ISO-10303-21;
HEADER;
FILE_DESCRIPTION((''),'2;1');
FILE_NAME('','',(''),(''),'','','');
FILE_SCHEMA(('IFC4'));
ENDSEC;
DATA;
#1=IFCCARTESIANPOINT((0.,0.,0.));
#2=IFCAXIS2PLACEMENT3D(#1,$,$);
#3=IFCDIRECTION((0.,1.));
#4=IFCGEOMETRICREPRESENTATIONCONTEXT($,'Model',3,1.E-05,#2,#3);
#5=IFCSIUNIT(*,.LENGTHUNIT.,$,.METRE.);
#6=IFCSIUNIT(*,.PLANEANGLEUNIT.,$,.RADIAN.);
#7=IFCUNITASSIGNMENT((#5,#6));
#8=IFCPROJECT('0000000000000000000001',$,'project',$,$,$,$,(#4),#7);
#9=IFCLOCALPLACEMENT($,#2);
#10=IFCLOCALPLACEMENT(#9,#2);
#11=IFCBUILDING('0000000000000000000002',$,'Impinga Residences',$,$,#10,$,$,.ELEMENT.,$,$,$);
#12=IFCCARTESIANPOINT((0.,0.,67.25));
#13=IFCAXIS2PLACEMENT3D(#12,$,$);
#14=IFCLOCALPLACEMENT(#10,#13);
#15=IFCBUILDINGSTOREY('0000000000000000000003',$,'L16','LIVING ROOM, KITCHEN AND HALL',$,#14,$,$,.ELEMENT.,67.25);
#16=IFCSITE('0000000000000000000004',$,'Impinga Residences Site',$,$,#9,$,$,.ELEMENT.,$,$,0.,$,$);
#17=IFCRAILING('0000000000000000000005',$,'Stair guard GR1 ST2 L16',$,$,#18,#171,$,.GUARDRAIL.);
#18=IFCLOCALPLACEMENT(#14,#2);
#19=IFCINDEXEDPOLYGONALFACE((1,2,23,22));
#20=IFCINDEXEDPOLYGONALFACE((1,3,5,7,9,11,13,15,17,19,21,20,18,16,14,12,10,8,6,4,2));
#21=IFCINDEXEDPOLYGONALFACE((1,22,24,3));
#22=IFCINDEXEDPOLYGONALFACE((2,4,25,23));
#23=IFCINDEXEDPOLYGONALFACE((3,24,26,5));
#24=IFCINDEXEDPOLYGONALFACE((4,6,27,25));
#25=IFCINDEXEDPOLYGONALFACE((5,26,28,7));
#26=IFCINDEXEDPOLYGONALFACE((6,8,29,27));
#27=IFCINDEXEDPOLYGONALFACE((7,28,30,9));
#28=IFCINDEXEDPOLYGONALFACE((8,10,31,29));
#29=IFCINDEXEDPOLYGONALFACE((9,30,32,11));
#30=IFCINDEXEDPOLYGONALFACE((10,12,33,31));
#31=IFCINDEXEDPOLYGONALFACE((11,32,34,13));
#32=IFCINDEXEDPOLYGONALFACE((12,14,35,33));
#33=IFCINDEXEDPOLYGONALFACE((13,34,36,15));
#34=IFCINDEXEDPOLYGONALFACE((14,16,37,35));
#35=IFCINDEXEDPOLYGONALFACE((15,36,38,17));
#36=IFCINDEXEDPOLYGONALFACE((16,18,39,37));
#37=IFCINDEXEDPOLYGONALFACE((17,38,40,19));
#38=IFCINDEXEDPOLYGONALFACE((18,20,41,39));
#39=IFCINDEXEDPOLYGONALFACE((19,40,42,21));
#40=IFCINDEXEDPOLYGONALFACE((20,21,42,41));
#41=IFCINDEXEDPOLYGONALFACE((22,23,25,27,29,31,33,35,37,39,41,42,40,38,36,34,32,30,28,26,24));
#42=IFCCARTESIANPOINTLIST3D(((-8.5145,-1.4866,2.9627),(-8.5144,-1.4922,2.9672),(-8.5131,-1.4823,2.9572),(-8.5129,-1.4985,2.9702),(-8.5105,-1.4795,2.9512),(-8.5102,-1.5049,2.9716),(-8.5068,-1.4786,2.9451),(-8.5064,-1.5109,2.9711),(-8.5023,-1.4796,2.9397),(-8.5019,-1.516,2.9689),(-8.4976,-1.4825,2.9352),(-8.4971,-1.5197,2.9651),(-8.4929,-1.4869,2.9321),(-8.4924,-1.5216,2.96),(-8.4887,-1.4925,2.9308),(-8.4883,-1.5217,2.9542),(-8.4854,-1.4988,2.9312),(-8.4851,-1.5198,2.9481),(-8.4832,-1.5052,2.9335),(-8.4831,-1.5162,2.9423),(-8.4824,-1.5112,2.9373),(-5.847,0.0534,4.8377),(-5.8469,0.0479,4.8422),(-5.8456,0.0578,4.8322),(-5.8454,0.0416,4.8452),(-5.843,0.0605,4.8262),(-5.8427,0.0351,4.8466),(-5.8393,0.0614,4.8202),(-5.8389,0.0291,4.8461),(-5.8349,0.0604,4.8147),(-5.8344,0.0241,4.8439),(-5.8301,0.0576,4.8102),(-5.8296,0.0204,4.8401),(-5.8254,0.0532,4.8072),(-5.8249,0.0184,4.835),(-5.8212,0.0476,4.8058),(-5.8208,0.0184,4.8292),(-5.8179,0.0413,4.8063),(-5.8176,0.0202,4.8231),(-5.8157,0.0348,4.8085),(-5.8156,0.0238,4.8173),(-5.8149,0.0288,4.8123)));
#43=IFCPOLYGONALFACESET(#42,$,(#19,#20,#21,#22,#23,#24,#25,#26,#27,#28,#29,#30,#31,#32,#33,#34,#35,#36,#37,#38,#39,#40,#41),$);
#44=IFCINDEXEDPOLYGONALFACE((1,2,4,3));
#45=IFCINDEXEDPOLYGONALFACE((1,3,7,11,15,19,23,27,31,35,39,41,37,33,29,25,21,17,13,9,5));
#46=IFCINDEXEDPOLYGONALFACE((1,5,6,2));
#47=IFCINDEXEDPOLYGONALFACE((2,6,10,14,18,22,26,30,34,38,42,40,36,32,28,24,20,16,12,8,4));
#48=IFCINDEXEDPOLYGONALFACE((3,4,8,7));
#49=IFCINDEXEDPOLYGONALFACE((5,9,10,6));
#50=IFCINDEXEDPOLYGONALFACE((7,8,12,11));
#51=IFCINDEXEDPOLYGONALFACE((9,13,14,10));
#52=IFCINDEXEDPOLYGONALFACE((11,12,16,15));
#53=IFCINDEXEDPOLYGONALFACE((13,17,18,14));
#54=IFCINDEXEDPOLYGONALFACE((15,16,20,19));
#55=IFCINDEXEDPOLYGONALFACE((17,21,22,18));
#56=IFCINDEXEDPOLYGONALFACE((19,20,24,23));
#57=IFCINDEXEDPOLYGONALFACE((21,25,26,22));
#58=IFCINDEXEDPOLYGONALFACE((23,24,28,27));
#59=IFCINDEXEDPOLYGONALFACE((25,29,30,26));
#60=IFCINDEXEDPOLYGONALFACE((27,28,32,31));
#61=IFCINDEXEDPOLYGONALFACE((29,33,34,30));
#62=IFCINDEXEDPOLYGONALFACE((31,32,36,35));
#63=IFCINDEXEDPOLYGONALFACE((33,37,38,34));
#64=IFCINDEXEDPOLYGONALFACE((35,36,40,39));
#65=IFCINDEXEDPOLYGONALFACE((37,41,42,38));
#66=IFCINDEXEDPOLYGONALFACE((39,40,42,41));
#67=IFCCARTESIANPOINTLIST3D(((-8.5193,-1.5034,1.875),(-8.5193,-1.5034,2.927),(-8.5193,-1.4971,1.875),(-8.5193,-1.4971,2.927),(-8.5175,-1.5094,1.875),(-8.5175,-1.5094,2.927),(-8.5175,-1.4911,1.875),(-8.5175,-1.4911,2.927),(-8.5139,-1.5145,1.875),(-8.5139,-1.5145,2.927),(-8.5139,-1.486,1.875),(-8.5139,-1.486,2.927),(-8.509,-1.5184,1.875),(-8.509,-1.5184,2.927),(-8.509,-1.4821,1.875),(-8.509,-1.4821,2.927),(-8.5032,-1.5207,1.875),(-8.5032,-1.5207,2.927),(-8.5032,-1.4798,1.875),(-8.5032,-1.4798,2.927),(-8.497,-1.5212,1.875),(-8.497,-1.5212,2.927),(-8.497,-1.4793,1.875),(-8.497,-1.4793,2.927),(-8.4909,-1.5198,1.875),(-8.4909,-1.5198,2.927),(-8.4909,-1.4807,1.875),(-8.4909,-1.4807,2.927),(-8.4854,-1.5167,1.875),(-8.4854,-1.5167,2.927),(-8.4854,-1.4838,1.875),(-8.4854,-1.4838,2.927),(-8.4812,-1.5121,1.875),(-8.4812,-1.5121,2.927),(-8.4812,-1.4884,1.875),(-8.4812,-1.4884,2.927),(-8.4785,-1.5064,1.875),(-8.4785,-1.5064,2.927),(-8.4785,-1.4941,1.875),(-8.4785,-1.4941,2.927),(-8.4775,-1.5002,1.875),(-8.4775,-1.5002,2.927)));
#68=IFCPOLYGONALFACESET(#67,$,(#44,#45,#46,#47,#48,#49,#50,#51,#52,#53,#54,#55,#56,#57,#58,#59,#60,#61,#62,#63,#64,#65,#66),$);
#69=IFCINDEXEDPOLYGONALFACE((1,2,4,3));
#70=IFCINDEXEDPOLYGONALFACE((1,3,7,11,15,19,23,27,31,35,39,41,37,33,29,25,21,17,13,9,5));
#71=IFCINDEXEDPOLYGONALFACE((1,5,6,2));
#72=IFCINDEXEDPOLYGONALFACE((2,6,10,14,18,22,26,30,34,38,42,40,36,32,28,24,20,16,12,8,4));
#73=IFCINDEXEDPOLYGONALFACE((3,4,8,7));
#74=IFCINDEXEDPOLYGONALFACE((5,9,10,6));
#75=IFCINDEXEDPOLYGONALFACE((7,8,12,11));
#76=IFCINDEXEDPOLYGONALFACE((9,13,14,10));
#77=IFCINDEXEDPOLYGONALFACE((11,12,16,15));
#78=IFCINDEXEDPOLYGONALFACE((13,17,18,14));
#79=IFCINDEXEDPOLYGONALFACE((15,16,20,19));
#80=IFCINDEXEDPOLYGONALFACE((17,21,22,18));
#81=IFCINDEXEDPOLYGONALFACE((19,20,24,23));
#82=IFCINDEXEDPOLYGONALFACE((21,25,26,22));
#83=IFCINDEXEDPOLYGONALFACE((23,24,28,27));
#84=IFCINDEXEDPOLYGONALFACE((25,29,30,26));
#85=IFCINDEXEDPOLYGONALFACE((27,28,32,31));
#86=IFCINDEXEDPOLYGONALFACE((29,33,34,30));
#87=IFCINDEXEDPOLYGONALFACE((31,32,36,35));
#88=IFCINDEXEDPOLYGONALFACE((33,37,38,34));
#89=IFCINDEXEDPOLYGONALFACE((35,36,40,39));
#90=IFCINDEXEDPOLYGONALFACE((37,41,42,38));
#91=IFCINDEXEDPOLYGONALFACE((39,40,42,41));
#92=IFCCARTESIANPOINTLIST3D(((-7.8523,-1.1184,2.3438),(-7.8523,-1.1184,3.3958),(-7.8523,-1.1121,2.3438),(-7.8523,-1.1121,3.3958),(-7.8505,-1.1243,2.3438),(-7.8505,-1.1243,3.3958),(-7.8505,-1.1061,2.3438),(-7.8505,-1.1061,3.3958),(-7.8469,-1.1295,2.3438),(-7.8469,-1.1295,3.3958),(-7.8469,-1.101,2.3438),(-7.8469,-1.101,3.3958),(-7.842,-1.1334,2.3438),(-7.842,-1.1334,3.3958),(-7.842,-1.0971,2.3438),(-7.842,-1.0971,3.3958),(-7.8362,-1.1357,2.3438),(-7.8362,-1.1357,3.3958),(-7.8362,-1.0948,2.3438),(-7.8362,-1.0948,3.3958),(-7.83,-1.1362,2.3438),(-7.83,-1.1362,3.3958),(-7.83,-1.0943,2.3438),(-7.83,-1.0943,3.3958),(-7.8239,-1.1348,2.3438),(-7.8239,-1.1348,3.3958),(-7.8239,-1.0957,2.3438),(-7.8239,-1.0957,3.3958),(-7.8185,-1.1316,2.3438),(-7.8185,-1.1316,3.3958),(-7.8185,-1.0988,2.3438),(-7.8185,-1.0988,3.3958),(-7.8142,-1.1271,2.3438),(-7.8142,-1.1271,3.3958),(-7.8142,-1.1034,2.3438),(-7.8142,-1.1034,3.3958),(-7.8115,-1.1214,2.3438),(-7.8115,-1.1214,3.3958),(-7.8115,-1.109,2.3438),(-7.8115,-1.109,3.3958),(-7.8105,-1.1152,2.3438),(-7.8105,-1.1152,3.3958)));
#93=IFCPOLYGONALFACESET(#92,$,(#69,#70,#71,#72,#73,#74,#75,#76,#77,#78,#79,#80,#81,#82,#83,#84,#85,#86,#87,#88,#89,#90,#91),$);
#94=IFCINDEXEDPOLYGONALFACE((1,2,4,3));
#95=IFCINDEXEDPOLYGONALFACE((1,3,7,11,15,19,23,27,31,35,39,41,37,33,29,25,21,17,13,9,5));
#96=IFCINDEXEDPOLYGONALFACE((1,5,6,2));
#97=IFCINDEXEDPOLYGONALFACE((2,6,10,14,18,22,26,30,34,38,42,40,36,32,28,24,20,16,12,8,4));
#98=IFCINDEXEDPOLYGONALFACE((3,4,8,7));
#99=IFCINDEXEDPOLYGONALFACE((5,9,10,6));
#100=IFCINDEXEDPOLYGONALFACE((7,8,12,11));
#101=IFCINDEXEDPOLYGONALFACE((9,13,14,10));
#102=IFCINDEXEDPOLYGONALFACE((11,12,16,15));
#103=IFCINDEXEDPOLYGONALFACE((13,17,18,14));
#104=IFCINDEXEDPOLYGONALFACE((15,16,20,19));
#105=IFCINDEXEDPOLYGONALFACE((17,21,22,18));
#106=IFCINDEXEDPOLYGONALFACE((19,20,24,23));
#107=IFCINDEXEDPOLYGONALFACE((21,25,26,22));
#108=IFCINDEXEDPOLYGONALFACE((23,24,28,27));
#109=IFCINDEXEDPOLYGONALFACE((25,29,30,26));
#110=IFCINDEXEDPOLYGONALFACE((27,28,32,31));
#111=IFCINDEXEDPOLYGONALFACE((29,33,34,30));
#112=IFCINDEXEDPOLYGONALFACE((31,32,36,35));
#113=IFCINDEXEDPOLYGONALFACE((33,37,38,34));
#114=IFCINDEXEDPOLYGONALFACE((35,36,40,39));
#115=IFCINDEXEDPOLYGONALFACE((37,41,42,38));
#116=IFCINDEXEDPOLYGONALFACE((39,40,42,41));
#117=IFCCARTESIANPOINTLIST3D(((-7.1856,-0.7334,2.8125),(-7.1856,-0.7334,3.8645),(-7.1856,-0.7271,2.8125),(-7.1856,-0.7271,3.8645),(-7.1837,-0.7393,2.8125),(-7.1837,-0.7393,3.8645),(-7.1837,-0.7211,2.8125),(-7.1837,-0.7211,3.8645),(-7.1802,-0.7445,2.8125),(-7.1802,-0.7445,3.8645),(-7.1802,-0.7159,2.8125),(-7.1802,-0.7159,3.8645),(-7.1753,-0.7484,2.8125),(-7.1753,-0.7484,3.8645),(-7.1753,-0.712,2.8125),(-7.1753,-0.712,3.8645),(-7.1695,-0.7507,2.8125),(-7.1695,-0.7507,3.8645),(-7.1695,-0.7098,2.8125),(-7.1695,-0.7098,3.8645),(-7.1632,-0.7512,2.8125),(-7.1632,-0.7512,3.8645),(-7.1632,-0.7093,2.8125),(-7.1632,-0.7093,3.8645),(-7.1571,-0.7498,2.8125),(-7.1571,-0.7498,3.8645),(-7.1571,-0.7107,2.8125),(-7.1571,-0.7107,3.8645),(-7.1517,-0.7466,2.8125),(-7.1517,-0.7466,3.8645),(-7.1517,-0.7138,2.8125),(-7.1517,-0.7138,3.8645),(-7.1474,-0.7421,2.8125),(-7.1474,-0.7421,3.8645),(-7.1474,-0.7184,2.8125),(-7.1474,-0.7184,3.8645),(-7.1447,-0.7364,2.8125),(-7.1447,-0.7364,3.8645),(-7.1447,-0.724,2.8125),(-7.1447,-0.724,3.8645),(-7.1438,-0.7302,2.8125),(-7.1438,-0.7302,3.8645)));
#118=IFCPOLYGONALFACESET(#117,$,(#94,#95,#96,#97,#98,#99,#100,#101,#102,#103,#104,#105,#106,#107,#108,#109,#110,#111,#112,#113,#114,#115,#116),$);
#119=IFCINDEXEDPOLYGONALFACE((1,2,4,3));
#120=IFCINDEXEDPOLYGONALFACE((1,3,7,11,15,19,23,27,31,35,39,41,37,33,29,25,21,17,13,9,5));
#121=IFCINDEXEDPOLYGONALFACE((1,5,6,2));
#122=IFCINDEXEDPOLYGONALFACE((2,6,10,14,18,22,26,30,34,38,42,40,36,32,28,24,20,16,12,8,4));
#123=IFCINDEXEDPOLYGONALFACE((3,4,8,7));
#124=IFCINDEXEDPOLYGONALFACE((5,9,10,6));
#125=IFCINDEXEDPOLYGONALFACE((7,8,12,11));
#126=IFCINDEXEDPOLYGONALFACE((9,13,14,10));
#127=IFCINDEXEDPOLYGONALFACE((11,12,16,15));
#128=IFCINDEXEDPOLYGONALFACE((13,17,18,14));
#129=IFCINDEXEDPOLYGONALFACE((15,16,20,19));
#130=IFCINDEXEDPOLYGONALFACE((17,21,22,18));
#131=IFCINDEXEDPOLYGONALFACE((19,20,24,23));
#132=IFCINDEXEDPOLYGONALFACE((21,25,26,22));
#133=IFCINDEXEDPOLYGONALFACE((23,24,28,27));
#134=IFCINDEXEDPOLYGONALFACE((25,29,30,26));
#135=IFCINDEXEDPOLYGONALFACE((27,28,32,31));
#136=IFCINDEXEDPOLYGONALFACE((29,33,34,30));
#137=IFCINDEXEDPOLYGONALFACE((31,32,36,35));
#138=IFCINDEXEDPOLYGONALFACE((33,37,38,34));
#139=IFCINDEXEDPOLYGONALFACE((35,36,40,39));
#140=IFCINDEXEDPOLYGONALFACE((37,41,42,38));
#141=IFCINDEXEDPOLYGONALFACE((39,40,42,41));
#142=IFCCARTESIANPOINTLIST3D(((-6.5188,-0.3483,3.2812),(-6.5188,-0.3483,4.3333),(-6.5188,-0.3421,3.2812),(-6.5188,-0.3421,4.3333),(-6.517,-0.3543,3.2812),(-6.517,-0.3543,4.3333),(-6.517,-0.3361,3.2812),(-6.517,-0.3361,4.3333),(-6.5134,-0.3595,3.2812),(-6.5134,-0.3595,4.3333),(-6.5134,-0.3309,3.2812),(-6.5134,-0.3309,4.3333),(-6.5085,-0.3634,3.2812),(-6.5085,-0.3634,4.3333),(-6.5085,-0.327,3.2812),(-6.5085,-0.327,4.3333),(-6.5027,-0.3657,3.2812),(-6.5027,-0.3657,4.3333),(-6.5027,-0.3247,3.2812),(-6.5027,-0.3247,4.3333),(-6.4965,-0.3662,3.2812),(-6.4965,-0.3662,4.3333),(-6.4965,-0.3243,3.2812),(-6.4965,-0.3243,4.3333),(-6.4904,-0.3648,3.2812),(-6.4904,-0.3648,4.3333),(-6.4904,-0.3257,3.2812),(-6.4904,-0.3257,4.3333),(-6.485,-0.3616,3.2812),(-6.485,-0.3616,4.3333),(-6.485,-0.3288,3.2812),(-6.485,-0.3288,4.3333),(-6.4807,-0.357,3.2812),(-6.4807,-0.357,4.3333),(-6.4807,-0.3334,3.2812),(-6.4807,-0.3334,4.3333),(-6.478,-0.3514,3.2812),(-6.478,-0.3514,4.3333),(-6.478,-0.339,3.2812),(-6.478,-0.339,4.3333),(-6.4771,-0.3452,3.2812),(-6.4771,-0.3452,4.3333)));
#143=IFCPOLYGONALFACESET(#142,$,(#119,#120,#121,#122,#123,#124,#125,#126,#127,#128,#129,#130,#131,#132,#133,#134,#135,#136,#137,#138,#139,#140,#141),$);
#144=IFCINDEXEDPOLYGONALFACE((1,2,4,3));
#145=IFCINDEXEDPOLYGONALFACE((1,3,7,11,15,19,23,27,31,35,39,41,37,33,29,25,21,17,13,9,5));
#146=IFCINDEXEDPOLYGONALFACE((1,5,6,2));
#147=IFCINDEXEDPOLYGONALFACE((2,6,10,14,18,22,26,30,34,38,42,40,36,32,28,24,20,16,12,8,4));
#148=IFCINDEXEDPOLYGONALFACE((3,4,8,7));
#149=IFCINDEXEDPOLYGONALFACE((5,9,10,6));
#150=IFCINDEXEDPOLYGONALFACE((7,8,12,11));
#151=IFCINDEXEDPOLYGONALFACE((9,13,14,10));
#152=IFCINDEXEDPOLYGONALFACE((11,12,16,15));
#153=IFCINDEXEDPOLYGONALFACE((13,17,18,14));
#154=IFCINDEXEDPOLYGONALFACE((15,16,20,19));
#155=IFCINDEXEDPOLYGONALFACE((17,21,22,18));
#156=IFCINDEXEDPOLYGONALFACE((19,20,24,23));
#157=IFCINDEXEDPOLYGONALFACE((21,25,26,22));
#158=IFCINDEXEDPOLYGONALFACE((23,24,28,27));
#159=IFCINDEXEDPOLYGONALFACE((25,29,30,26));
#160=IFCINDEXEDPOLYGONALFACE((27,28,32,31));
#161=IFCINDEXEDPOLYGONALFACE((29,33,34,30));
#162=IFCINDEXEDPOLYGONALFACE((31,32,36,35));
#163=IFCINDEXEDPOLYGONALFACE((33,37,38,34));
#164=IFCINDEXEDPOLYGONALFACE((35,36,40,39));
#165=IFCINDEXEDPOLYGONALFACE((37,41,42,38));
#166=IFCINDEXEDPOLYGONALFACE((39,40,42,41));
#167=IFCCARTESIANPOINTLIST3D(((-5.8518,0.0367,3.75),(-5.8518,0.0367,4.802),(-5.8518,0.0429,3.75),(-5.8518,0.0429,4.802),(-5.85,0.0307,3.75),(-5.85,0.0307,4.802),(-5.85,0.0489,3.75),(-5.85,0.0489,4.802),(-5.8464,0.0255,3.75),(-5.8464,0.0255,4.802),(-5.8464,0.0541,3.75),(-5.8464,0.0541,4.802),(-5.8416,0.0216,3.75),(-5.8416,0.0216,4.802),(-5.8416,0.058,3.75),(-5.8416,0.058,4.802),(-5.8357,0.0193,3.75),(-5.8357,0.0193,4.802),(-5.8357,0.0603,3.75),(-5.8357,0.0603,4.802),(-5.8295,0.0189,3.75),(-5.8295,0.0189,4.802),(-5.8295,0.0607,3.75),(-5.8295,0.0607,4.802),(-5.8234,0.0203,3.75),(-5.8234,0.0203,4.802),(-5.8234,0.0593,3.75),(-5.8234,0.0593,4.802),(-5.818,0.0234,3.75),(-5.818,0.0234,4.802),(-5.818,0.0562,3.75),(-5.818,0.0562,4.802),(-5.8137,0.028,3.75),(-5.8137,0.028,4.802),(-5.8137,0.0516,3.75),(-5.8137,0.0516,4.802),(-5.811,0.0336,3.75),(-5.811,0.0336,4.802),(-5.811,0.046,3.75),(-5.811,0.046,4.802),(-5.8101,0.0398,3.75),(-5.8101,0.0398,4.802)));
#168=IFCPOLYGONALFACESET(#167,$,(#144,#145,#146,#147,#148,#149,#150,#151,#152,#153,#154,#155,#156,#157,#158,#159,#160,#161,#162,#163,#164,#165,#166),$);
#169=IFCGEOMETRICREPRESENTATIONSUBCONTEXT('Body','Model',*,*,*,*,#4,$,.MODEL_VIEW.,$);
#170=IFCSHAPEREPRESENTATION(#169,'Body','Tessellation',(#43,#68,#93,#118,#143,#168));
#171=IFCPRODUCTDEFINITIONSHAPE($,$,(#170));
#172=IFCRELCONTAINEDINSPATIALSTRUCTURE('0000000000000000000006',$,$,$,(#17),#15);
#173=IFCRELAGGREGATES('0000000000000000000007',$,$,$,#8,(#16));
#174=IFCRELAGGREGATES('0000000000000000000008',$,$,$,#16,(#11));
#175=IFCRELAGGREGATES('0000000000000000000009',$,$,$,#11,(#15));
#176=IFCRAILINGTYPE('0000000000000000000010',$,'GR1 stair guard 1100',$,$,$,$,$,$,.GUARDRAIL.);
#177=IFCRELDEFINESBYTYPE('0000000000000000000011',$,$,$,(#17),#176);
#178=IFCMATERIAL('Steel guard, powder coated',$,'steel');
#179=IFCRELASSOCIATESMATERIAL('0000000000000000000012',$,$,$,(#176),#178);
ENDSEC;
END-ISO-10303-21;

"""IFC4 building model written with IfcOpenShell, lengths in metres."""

from ifc_helpers import new_model, si_unit, direction, frame, origin, origin_2d, place, context, subcontext, project, spatial, circle, extrude, material, type_object, element, save


model = new_model("IFC4")

# Units and contexts
model_context = context("Model", 3, precision=1e-05, world=origin(), true_north=direction((0.0, 1.0)))
body_context = subcontext(model_context, "Body", "Model", "MODEL_VIEW")
ifc_project = project(units=[si_unit("LENGTHUNIT", "METRE"), si_unit("PLANEANGLEUNIT", "RADIAN")], contexts=[model_context])

# Site, building, storey
site_placement = place(None, origin())
site = spatial("IfcSite", under=ifc_project, at=site_placement, Name="Impinga Residences Site", CompositionType="ELEMENT", RefElevation=0.0)
building_placement = place(site_placement, origin())
building = spatial("IfcBuilding", under=site, at=building_placement, Name="Impinga Residences", CompositionType="ELEMENT")
storey_placement = place(building_placement, frame((0.0, 0.0, 67.25)))
storey = spatial("IfcBuildingStorey", under=building, at=storey_placement, Name="L16", Description="LIVING ROOM, KITCHEN AND HALL", CompositionType="ELEMENT", Elevation=67.25)

# Railing
ifc_material_1 = material(Name="Steel guard, powder coated", Category="steel")
railing_type = type_object("IfcRailingType", Name="GR1 stair guard 1100", PredefinedType="GUARDRAIL", material=ifc_material_1)
railing_placement = place(storey_placement, frame((-8.4985, -1.5002, 1.875)))
element("IfcRailing", 1, at=railing_placement, inside=storey, type_object=railing_type, Name="Stair guard GR1 ST2 L16", PredefinedType="GUARDRAIL", context=body_context, shape_type="SweptSolid", body=[
    extrude(circle(Radius=0.0239, at=origin_2d()), frame((0.0, 0.0, 1.0762), z_axis=(0.739746, 0.427084, 0.519975), x_axis=(-0.499992, 0.86603, 0.0)), (0.0, 0.0, 1.0), 3.606),
    extrude(circle(Radius=0.021, at=origin_2d()), origin(), (0.0, 0.0, 1.0), 1.052),
    extrude(circle(Radius=0.021, at=origin_2d()), frame((0.667, 0.385, 0.4688)), (0.0, 0.0, 1.0), 1.052),
    extrude(circle(Radius=0.021, at=origin_2d()), frame((1.3337, 0.77, 0.9375)), (0.0, 0.0, 1.0), 1.052),
    extrude(circle(Radius=0.021, at=origin_2d()), frame((2.0005, 1.155, 1.4062)), (0.0, 0.0, 1.0), 1.052),
    extrude(circle(Radius=0.021, at=origin_2d()), frame((2.6675, 1.54, 1.875)), (0.0, 0.0, 1.0), 1.052),
])

save(model, "model.ifc")
